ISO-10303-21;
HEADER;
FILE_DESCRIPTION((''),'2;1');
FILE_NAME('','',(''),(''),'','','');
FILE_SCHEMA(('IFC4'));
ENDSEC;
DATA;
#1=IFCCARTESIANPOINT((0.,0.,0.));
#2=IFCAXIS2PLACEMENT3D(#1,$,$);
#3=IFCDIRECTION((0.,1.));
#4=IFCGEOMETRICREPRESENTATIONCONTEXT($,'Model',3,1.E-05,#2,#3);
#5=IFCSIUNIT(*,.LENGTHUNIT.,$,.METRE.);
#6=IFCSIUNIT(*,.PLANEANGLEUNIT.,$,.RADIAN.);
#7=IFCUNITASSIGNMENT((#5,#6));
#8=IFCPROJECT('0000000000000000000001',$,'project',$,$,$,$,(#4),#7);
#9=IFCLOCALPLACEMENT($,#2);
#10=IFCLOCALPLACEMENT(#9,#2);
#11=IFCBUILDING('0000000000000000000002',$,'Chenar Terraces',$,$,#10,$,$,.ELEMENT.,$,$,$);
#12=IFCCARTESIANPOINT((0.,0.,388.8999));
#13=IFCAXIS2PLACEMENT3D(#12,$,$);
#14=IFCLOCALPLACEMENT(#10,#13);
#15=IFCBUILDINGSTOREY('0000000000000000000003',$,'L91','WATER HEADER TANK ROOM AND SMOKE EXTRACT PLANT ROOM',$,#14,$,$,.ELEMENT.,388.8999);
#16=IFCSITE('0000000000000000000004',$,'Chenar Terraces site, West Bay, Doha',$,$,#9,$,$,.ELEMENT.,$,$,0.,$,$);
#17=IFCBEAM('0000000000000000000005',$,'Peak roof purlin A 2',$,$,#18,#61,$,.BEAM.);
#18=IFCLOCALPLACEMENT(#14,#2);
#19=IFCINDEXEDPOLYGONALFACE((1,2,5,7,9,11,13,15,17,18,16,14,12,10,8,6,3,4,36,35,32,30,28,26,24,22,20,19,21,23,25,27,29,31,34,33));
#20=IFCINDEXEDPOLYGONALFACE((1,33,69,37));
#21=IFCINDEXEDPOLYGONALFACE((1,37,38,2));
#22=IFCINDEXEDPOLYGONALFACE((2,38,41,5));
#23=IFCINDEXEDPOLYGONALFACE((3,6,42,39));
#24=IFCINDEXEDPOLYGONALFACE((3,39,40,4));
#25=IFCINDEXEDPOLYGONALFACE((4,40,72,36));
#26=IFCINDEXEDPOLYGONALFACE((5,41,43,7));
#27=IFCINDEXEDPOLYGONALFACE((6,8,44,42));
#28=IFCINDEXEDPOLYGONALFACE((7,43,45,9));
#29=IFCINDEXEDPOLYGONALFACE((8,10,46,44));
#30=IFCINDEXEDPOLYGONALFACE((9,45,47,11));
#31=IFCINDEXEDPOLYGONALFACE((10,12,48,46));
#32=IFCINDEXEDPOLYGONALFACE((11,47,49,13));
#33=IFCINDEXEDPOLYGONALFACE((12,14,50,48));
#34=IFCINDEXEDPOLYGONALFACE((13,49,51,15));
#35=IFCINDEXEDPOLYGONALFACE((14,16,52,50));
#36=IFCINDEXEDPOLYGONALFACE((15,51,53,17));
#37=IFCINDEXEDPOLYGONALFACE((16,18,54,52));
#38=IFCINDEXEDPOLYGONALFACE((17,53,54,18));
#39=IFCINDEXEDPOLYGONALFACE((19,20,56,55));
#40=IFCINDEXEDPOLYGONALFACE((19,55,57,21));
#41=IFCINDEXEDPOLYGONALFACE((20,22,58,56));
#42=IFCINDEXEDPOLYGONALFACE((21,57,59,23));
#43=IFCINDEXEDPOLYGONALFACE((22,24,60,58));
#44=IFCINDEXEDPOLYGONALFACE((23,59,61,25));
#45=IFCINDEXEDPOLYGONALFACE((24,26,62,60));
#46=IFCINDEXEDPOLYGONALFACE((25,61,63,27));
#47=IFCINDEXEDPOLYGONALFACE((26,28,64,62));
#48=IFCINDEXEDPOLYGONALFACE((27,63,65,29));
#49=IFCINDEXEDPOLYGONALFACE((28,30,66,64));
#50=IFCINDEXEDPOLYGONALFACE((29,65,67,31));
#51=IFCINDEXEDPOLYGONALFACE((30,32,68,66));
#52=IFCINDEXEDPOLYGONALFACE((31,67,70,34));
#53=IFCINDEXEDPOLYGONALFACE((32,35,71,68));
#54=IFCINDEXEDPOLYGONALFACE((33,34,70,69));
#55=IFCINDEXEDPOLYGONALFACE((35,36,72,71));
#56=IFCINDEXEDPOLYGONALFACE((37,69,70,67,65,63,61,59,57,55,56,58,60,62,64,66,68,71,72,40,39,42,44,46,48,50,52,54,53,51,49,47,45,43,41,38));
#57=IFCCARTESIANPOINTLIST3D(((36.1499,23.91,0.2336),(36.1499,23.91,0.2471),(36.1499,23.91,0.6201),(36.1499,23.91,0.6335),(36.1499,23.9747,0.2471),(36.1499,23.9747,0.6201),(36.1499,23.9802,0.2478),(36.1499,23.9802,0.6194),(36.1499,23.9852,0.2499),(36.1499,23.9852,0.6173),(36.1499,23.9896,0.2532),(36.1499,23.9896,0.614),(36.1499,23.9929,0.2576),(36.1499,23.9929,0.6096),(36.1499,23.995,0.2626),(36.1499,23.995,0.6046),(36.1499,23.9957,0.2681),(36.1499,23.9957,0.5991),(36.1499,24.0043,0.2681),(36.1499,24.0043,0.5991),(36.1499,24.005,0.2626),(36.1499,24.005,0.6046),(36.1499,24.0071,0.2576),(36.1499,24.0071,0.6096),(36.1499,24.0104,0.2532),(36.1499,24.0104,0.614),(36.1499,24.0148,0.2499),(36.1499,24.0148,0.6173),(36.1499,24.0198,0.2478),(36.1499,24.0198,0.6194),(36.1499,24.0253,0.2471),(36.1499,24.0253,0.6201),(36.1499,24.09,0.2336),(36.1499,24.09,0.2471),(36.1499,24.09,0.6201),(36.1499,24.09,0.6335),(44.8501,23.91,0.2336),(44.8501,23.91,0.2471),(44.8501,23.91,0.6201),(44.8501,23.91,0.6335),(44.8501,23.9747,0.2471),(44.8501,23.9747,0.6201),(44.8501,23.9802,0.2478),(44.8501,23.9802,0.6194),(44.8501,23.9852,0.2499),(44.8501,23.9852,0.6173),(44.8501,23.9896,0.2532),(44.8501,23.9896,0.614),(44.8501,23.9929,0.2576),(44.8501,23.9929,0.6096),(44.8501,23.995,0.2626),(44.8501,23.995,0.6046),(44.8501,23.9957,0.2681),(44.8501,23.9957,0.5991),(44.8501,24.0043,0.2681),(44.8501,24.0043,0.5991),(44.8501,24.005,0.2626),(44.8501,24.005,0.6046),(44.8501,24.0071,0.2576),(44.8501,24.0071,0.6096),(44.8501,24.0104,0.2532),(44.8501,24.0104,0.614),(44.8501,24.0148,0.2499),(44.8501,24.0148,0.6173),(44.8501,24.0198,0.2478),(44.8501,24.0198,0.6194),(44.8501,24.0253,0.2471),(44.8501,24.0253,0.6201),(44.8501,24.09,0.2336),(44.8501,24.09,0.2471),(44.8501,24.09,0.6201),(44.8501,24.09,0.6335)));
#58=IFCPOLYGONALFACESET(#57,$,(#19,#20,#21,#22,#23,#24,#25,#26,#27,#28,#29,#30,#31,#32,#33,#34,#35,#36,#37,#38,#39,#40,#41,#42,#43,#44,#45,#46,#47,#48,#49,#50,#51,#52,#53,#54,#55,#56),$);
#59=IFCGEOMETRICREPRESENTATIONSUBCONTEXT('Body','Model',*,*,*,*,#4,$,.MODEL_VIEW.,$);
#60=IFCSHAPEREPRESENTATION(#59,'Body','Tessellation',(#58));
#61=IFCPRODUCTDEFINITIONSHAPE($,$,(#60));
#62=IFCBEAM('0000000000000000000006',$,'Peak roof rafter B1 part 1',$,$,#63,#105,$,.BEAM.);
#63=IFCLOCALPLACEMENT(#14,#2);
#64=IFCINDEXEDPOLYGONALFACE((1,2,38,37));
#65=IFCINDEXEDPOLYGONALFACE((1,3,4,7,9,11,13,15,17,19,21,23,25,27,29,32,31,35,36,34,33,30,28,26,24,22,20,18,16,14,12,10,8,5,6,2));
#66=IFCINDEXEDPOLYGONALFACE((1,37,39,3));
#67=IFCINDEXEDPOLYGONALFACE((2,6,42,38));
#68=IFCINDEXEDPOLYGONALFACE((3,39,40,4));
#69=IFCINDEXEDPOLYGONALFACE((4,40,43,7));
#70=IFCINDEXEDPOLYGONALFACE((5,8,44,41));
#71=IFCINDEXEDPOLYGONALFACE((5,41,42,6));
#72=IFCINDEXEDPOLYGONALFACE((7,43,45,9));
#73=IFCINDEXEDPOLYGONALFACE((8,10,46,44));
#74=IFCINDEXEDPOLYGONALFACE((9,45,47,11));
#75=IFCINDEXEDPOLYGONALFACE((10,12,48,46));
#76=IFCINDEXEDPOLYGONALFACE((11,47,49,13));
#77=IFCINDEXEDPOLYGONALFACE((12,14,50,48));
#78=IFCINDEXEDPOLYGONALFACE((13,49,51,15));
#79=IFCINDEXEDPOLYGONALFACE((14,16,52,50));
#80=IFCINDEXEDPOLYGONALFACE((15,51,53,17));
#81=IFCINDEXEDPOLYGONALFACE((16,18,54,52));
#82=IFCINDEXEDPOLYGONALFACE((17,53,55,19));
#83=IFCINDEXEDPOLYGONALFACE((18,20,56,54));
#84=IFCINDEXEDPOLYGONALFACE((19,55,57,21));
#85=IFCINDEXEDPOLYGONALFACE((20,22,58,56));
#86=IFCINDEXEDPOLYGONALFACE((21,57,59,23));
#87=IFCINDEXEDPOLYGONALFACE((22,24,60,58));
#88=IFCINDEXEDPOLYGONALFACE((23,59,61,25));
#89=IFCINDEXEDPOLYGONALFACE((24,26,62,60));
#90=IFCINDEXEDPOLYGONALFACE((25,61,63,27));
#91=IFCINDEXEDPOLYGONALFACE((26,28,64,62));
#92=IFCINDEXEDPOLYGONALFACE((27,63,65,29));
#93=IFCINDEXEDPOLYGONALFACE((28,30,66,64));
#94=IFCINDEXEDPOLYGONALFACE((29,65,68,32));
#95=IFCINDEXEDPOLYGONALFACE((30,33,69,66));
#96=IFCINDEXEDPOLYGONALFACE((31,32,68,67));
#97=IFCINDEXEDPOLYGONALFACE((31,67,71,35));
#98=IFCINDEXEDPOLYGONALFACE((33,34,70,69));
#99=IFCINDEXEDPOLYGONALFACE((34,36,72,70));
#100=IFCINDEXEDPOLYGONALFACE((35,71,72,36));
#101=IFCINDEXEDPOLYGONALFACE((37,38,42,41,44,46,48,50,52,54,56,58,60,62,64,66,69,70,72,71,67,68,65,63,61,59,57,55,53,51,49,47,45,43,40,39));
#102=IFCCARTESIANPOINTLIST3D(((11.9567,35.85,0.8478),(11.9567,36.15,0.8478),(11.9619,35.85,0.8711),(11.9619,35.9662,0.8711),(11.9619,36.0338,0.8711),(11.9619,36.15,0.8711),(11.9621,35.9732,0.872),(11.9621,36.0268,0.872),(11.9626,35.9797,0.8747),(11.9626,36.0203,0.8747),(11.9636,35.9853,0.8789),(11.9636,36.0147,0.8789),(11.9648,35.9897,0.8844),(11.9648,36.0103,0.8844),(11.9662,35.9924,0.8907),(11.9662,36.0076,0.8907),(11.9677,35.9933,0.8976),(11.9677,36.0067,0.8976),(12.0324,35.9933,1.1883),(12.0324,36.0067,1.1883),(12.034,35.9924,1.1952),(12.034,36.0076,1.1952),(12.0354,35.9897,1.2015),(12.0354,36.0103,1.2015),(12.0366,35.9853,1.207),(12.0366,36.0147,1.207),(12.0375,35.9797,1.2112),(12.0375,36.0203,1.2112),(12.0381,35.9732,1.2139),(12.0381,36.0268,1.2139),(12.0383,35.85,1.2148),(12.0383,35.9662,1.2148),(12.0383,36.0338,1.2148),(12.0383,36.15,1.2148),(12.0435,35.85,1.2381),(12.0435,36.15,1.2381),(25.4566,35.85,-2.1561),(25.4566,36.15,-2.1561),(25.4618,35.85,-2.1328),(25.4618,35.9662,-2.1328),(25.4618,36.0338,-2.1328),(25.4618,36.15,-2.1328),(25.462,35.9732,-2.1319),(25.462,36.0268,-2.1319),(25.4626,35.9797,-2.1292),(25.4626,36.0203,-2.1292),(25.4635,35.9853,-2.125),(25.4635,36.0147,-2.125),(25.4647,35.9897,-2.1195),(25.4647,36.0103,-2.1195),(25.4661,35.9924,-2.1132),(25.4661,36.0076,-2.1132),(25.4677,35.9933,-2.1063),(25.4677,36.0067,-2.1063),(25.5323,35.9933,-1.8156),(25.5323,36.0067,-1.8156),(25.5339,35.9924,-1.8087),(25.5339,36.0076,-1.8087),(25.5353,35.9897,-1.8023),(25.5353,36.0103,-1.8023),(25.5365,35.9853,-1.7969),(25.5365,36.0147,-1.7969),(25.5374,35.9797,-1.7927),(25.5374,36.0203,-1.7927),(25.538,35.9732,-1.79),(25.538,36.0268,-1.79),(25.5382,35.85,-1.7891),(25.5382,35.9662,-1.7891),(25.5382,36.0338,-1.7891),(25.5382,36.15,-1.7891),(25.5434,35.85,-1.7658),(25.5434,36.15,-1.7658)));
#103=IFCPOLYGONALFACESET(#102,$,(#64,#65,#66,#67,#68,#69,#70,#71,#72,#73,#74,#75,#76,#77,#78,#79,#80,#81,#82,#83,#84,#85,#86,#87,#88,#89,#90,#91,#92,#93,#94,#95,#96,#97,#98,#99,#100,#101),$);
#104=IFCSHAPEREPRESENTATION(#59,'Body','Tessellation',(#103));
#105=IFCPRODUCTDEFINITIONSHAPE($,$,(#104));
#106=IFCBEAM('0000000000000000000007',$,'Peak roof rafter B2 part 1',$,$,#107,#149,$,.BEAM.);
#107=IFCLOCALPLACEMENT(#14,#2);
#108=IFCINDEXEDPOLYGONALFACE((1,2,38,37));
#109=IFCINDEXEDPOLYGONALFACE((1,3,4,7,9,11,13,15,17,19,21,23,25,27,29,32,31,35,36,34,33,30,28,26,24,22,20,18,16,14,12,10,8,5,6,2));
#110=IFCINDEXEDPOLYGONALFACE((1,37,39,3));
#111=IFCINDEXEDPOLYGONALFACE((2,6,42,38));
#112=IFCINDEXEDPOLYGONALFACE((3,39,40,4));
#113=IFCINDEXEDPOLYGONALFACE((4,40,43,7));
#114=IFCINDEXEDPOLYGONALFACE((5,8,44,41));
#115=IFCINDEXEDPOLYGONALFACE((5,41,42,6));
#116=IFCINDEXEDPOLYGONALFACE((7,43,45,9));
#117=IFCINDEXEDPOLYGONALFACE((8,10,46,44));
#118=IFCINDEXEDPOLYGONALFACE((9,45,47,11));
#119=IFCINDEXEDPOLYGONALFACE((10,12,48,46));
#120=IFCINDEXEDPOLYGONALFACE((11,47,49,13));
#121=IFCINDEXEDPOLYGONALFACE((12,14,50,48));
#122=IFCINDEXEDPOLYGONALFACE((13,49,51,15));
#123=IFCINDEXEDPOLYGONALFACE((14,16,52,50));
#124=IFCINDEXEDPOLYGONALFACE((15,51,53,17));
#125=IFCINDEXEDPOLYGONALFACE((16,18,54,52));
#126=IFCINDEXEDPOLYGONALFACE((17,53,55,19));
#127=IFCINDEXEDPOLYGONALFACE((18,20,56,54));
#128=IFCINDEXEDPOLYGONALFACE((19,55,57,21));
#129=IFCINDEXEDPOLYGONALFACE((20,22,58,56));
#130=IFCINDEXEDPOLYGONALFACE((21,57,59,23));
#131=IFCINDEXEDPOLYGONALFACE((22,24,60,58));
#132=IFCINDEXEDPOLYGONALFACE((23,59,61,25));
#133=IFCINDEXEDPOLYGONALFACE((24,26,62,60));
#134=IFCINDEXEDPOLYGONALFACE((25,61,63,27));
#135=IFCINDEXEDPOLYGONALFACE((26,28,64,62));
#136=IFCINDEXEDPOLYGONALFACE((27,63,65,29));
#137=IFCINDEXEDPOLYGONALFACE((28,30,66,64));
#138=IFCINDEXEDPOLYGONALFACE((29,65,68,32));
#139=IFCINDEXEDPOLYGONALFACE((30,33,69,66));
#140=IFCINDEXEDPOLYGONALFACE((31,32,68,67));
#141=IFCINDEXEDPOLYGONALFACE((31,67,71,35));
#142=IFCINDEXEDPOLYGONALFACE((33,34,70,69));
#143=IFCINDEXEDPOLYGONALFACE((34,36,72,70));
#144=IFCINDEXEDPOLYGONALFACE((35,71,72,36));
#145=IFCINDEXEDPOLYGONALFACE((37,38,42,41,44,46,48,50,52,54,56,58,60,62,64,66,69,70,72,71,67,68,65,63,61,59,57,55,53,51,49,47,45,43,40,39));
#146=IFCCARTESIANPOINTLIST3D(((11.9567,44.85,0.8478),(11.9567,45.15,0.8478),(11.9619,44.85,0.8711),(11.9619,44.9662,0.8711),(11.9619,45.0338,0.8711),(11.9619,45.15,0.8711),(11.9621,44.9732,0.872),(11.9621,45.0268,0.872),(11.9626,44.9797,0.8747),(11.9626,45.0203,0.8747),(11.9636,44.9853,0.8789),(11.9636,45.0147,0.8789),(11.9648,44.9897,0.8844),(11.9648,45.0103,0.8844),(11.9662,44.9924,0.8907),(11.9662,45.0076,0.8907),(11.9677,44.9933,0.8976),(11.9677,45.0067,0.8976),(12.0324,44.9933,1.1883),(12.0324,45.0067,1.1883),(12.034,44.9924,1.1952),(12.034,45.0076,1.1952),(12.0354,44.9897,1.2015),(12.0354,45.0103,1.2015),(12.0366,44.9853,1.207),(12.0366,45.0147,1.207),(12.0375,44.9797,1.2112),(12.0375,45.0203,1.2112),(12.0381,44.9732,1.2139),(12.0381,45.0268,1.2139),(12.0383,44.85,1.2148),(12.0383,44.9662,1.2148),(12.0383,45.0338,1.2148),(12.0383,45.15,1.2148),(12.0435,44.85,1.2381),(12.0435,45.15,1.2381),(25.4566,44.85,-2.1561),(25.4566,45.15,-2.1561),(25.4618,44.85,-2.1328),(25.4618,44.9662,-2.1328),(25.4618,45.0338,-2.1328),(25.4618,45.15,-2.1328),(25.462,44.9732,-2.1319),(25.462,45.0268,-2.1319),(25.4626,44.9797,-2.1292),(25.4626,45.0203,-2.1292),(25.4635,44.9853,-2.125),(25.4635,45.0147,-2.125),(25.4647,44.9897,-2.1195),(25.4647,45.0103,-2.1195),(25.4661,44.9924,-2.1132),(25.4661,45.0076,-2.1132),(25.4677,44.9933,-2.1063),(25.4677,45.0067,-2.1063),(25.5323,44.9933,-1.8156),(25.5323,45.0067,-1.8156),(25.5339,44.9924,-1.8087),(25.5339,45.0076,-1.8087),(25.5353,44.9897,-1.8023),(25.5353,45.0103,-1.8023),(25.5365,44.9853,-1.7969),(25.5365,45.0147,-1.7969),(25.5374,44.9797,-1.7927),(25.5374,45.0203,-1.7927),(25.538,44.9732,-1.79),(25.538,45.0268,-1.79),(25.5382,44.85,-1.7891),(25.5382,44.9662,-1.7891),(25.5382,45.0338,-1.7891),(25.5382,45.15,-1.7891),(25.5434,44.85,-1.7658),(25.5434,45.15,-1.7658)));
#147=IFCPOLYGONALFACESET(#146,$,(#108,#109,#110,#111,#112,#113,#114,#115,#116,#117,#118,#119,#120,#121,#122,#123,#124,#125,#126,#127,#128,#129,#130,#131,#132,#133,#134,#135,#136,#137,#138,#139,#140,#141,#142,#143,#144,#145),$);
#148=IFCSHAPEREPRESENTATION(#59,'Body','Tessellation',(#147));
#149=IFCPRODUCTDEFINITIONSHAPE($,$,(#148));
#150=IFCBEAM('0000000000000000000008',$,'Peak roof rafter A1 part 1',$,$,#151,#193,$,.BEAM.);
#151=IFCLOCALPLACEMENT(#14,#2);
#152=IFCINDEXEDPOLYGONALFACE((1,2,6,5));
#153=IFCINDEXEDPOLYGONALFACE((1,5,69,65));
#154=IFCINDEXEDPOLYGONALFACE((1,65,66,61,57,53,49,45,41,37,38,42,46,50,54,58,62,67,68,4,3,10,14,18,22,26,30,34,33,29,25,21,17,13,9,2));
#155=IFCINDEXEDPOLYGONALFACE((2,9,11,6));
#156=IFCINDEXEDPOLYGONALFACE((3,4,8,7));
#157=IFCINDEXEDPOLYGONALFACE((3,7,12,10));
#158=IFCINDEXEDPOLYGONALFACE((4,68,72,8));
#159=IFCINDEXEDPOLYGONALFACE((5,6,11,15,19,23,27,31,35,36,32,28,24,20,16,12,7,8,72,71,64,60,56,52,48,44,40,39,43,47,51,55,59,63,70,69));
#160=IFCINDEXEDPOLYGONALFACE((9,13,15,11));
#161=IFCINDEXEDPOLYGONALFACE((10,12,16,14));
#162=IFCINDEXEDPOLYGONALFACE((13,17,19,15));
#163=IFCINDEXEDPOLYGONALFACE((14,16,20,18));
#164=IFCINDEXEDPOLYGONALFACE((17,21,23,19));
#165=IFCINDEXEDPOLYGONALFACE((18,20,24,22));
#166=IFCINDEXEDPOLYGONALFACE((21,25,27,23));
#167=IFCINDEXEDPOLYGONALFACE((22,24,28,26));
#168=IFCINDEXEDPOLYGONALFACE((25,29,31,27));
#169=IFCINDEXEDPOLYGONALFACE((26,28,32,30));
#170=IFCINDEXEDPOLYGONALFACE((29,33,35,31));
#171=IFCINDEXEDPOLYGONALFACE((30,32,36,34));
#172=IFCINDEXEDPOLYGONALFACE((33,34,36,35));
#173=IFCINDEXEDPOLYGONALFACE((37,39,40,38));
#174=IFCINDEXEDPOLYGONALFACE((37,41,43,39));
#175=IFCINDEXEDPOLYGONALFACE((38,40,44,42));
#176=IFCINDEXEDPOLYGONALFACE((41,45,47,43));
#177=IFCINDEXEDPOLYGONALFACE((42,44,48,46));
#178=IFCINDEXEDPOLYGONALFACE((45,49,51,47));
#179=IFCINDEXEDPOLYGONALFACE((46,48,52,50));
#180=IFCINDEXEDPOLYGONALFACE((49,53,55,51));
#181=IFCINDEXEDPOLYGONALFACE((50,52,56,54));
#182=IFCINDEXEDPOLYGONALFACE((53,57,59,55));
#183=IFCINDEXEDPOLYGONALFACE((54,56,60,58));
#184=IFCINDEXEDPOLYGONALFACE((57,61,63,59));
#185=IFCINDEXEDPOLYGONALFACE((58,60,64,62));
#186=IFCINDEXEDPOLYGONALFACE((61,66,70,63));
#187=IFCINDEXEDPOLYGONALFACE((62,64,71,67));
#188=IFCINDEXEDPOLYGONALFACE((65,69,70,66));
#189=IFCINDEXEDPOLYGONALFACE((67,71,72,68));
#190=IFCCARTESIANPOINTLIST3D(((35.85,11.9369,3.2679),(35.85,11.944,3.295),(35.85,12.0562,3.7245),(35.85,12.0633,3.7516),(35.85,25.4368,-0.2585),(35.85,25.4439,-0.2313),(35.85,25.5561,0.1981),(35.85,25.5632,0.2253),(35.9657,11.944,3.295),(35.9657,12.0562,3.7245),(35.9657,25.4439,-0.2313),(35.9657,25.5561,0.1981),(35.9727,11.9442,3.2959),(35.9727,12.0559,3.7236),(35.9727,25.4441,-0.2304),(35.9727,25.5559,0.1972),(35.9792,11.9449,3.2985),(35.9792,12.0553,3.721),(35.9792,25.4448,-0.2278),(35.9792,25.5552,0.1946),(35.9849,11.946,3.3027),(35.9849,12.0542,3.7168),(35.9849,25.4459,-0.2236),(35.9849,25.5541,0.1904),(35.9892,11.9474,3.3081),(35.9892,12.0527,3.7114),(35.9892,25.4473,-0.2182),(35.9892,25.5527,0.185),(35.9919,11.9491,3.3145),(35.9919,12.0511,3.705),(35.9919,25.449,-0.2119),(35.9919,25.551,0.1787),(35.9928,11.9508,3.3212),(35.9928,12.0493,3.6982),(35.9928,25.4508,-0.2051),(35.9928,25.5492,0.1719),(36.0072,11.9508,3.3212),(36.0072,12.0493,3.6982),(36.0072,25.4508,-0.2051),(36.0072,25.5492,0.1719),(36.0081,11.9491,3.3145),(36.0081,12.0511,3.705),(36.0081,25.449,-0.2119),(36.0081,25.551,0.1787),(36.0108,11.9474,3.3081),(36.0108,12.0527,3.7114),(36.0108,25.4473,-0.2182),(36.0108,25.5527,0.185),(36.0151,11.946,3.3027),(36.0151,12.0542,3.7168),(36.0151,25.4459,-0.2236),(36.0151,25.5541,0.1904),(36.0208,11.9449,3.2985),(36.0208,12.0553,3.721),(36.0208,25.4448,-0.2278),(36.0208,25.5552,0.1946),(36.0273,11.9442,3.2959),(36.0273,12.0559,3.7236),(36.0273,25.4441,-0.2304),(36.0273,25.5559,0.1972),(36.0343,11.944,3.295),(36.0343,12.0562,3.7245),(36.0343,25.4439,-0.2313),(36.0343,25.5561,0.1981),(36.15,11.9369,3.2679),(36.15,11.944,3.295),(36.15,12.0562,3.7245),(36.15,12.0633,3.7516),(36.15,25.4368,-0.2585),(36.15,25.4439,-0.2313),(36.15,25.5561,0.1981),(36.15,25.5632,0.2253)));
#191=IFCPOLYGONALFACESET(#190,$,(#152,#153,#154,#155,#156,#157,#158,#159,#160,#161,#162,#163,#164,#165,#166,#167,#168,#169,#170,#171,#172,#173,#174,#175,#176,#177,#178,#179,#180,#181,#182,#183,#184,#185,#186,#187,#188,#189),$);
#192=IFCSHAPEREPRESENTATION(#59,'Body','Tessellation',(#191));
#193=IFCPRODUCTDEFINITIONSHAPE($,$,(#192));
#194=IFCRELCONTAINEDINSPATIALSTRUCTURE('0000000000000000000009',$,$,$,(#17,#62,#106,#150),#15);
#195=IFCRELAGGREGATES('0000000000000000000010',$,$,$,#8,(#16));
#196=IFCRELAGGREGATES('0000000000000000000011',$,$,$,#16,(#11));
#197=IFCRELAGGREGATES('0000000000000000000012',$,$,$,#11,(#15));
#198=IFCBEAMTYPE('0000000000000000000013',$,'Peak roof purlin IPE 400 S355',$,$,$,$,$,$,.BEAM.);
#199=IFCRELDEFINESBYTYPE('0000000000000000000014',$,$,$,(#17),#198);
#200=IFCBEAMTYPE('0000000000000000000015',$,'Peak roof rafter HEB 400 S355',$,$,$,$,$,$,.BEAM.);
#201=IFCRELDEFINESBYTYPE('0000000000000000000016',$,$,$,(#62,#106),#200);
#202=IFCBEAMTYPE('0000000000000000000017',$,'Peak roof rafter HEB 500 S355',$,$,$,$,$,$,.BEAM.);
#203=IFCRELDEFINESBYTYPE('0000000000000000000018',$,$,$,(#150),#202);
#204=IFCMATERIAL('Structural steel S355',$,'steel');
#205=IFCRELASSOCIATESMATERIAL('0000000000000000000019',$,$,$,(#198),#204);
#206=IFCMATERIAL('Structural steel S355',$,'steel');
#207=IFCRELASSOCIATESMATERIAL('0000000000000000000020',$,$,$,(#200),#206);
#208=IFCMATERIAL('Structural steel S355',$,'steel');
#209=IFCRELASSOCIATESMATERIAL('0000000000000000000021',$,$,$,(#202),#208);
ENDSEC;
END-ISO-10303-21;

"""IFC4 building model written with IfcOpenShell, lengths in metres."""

from ifc_helpers import new_model, si_unit, direction, frame, origin, origin_2d, place, context, subcontext, project, spatial, i_section, extrude, material, material_profile, profile_set, type_object, element, save


model = new_model("IFC4")

# Units and contexts
model_context = context("Model", 3, precision=1e-05, world=origin(), true_north=direction((0.0, 1.0)))
body_context = subcontext(model_context, "Body", "Model", "MODEL_VIEW")
ifc_project = project(units=[si_unit("LENGTHUNIT", "METRE"), si_unit("PLANEANGLEUNIT", "RADIAN")], contexts=[model_context])

# Site, building, storey
site_placement = place(None, origin())
site = spatial("IfcSite", under=ifc_project, at=site_placement, Name="Chenar Terraces site, West Bay, Doha", CompositionType="ELEMENT", RefElevation=0.0)
building_placement = place(site_placement, origin())
building = spatial("IfcBuilding", under=site, at=building_placement, Name="Chenar Terraces", CompositionType="ELEMENT")
storey_placement = place(building_placement, frame((0.0, 0.0, 388.8999)))
storey = spatial("IfcBuildingStorey", under=building, at=storey_placement, Name="L91", Description="WATER HEADER TANK ROOM AND SMOKE EXTRACT PLANT ROOM", CompositionType="ELEMENT", Elevation=388.8999)

# Beams
ifc_material_1 = material(Name="Structural steel S355", Category="steel")
ifc_material_profile_1 = material_profile(ifc_material_1, i_section(OverallWidth=0.1799, OverallDepth=0.3999, WebThickness=0.0085, FlangeThickness=0.0134, FilletRadius=0.021, at=origin_2d()), Name="IPE 400")
ifc_profile_set_1 = profile_set([ifc_material_profile_1], Name="Structural steel S355")
beam_type_1 = type_object("IfcBeamType", Name="Peak roof purlin IPE 400 S355", PredefinedType="BEAM", material=ifc_profile_set_1)
beam_1_placement = place(storey_placement, frame((36.1499, 24.0, 0.4336), z_axis=(1.0, 0.0, 0.0), x_axis=(0.0, 1.0, 0.0)))
element("IfcBeam", 1, at=beam_1_placement, inside=storey, type_object=beam_type_1, Name="Peak roof purlin A 2", PredefinedType="BEAM", context=body_context, shape_type="SweptSolid", body=[
    extrude(i_section(OverallWidth=0.1799, OverallDepth=0.3999, WebThickness=0.0085, FlangeThickness=0.0134, FilletRadius=0.021, at=origin_2d()), origin(), (0.0, 0.0, 1.0), 8.7002),
])
ifc_material_2 = material(Name="Structural steel S355", Category="steel")
ifc_material_profile_2 = material_profile(ifc_material_2, i_section(OverallWidth=0.3, OverallDepth=0.3999, WebThickness=0.0134, FlangeThickness=0.0239, FilletRadius=0.0271, at=origin_2d()), Name="HEB 400")
ifc_profile_set_2 = profile_set([ifc_material_profile_2], Name="Structural steel S355")
beam_type_2 = type_object("IfcBeamType", Name="Peak roof rafter HEB 400 S355", PredefinedType="BEAM", material=ifc_profile_set_2)
for number, where, z_axis, x_axis, name in (
    (2, (25.5, 36.0, -1.9609), (-0.976127, 0.0, 0.2172), (0.0, -1.0, 0.0), "Peak roof rafter B1 part 1"),
    (3, (25.5, 45.0, -1.9609), (-0.976127, 0.0, 0.2172), (0.0, -1.0, 0.0), "Peak roof rafter B2 part 1"),
):
    element("IfcBeam", number, at=place(storey_placement, frame(where, z_axis=z_axis, x_axis=x_axis)), inside=storey, type_object=beam_type_2, Name=name, PredefinedType="BEAM", context=body_context, shape_type="SweptSolid", body=[
        extrude(i_section(OverallWidth=0.3, OverallDepth=0.3999, WebThickness=0.0134, FlangeThickness=0.0239, FilletRadius=0.0271, at=origin_2d()), origin(), (0.0, 0.0, 1.0), 13.8301),
    ])
ifc_material_3 = material(Name="Structural steel S355", Category="steel")
ifc_material_profile_3 = material_profile(ifc_material_3, i_section(OverallWidth=0.3, OverallDepth=0.5, WebThickness=0.0144, FlangeThickness=0.0281, FilletRadius=0.0271, at=origin_2d()), Name="HEB 500")
ifc_profile_set_3 = profile_set([ifc_material_profile_3], Name="Structural steel S355")
beam_type_3 = type_object("IfcBeamType", Name="Peak roof rafter HEB 500 S355", PredefinedType="BEAM", material=ifc_profile_set_3)
beam_2_placement = place(storey_placement, frame((36.0, 25.5, -0.0166), z_axis=(0.0, -0.967536, 0.252732), x_axis=(1.0, 0.0, 0.0)))
element("IfcBeam", 4, at=beam_2_placement, inside=storey, type_object=beam_type_3, Name="Peak roof rafter A1 part 1", PredefinedType="BEAM", context=body_context, shape_type="SweptSolid", body=[
    extrude(i_section(OverallWidth=0.3, OverallDepth=0.5, WebThickness=0.0144, FlangeThickness=0.0281, FilletRadius=0.0271, at=origin_2d()), origin(), (0.0, 0.0, 1.0), 13.9529),
])

save(model, "model.ifc")
